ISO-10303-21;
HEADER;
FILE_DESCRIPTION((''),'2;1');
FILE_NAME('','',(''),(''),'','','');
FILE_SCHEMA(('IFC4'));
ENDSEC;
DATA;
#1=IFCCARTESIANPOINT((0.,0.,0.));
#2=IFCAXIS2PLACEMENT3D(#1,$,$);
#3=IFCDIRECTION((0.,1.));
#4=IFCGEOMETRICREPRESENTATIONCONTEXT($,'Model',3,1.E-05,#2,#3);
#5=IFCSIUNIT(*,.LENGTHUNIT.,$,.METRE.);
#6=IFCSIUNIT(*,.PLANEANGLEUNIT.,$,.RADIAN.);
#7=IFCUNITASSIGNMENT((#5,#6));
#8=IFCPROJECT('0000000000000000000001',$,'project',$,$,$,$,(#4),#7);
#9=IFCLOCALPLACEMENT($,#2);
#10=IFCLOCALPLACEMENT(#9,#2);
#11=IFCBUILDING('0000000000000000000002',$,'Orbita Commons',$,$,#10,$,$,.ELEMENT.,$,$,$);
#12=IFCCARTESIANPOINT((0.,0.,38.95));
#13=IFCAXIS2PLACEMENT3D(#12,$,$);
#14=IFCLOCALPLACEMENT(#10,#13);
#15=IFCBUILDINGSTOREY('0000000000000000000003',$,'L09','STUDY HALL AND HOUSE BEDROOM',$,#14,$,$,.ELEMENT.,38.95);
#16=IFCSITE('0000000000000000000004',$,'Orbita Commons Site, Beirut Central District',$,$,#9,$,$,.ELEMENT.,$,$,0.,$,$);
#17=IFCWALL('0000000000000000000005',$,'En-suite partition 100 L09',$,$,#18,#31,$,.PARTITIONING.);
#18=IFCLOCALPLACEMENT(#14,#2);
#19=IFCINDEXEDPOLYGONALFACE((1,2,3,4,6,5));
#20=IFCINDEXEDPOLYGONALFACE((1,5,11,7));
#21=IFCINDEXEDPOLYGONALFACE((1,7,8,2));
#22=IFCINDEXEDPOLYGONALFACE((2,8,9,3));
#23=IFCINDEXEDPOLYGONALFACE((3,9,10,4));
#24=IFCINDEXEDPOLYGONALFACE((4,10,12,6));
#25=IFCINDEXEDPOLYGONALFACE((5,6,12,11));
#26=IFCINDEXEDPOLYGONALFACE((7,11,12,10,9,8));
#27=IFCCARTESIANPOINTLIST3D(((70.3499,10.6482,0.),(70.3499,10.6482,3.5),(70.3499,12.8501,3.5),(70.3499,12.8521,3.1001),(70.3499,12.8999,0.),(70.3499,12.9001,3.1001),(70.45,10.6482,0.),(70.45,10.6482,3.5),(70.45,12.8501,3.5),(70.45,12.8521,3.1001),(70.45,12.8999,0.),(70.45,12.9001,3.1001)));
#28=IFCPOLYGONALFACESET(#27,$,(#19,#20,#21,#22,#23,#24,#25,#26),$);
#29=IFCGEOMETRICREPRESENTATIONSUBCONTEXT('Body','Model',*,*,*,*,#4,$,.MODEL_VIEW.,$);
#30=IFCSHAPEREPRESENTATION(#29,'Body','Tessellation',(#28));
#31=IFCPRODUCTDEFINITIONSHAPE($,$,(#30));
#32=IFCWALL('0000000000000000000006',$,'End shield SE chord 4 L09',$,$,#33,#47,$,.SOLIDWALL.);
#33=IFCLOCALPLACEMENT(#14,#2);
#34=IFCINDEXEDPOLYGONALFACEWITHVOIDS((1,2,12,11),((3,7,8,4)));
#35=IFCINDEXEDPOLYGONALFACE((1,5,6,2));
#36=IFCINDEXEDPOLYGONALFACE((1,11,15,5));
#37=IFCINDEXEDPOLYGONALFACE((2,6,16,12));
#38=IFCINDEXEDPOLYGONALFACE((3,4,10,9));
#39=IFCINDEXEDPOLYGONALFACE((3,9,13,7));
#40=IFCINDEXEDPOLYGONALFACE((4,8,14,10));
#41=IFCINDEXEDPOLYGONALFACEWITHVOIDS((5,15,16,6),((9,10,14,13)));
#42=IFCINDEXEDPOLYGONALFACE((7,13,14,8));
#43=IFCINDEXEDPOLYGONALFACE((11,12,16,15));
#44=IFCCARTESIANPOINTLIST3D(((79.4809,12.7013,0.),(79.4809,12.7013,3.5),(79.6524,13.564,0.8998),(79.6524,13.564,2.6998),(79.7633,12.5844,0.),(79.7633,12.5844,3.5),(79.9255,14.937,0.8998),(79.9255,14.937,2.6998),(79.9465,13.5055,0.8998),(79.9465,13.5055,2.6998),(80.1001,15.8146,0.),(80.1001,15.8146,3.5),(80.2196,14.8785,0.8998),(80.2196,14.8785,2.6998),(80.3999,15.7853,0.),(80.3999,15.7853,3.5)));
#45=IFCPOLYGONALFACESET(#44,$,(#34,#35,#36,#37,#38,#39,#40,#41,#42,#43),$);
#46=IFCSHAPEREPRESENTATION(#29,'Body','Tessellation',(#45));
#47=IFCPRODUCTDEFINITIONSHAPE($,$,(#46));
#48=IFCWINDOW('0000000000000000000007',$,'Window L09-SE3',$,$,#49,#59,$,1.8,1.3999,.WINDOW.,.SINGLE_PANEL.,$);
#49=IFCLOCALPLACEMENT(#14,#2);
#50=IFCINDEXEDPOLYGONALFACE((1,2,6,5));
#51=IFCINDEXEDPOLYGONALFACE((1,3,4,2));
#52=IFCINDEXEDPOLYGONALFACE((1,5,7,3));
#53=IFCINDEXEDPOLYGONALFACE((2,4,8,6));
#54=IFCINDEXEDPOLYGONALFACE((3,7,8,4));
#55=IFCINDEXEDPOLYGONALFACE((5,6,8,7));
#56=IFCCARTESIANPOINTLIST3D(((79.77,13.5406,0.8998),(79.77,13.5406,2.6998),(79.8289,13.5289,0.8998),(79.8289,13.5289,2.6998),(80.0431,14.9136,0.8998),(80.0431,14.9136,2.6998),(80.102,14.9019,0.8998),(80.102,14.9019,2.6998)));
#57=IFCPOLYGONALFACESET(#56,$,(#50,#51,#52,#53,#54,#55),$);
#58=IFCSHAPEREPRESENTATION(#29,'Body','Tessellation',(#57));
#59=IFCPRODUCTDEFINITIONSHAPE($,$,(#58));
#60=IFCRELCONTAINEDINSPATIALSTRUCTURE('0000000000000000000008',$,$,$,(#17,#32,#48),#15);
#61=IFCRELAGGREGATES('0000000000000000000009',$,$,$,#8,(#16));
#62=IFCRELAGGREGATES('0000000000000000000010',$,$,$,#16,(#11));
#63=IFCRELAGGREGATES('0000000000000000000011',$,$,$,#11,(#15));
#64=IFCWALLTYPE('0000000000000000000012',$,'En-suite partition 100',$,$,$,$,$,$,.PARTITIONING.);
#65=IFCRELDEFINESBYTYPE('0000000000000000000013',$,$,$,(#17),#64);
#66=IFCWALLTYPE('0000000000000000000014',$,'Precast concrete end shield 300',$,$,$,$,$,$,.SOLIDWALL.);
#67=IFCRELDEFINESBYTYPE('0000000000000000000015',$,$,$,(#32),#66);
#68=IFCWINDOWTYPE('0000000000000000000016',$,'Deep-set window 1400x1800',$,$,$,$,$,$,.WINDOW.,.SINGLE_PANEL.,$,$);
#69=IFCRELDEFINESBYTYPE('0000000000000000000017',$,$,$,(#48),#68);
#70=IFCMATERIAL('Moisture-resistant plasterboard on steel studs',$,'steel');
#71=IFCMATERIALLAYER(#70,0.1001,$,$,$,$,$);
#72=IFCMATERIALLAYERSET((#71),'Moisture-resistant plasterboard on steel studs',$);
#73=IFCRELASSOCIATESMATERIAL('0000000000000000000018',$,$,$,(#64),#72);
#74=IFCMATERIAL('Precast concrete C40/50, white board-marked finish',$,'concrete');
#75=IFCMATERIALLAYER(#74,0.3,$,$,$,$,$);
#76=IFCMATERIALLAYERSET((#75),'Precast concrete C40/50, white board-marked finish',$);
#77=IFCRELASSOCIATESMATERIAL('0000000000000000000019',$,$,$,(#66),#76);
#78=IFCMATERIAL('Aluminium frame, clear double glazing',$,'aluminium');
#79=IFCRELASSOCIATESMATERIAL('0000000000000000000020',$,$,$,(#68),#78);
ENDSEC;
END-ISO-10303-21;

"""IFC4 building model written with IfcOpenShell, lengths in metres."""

from ifc_helpers import new_model, si_unit, direction, frame, frame_2d, origin, place, context, subcontext, project, spatial, polyline, rectangle, outline, extrude, material, layer, layer_set, type_object, element, fill, save


model = new_model("IFC4")

# Units and contexts
model_context = context("Model", 3, precision=1e-05, world=origin(), true_north=direction((0.0, 1.0)))
body_context = subcontext(model_context, "Body", "Model", "MODEL_VIEW")
ifc_project = project(units=[si_unit("LENGTHUNIT", "METRE"), si_unit("PLANEANGLEUNIT", "RADIAN")], contexts=[model_context])

# Site, building, storey
site_placement = place(None, origin())
site = spatial("IfcSite", under=ifc_project, at=site_placement, Name="Orbita Commons Site, Beirut Central District", CompositionType="ELEMENT", RefElevation=0.0)
building_placement = place(site_placement, origin())
building = spatial("IfcBuilding", under=site, at=building_placement, Name="Orbita Commons", CompositionType="ELEMENT")
storey_placement = place(building_placement, frame((0.0, 0.0, 38.95)))
storey = spatial("IfcBuildingStorey", under=building, at=storey_placement, Name="L09", Description="STUDY HALL AND HOUSE BEDROOM", CompositionType="ELEMENT", Elevation=38.95)

# Shared definitions
ifc_material_1 = material(Name="Moisture-resistant plasterboard on steel studs", Category="steel")
ifc_layer_1 = layer(ifc_material_1, 0.1001)
ifc_layer_set_1 = layer_set([ifc_layer_1], Name="Moisture-resistant plasterboard on steel studs")
wall_type_1 = type_object("IfcWallType", Name="En-suite partition 100", PredefinedType="PARTITIONING", material=ifc_layer_set_1)

# Wall
wall_1_placement = place(storey_placement, frame((70.3999, 10.6482, 0.0), z_axis=(0.0, 0.0, 1.0), x_axis=(0.0, 1.0, 0.0)))
element("IfcWall", 1, at=wall_1_placement, inside=storey, type_object=wall_type_1, Name="En-suite partition 100 L09", PredefinedType="PARTITIONING", context=body_context, shape_type="SweptSolid", body=[
    extrude(outline(polyline([(0.0, 0.0), (2.2517, 0.0), (2.252, 3.1001), (2.2039, 3.1001), (2.2019, 3.5), (0.0, 3.5), (0.0, 0.0)])), frame((0.0, 0.05, 0.0), z_axis=(0.0, -1.0, 0.0), x_axis=(1.0, 0.0, 0.0)), (0.0, 0.0, 1.0), 0.1001),
])

# Wall, opening, window
ifc_material_2 = material(Name="Precast concrete C40/50, white board-marked finish", Category="concrete")
ifc_layer_2 = layer(ifc_material_2, 0.3)
ifc_layer_set_2 = layer_set([ifc_layer_2], Name="Precast concrete C40/50, white board-marked finish")
wall_type_2 = type_object("IfcWallType", Name="Precast concrete end shield 300", PredefinedType="SOLIDWALL", material=ifc_layer_set_2)
wall_2_placement = place(storey_placement, frame((79.6221, 12.6428, 0.0), z_axis=(0.0, 0.0, 1.0), x_axis=(0.195066, 0.98079, 0.0)))
wall_2 = element("IfcWall", 2, at=wall_2_placement, inside=storey, type_object=wall_type_2, Name="End shield SE chord 4 L09", PredefinedType="SOLIDWALL", context=body_context, shape_type="SweptSolid", body=[
    extrude(outline(polyline([(-0.0298, -0.1499), (3.2339, -0.1499), (3.2041, 0.1499), (0.0298, 0.1499), (-0.0298, -0.1499)])), origin(), (0.0, 0.0, 1.0), 3.5),
])
opening_1_placement = place(wall_2_placement, frame((0.9094, 0.0, 0.8999)))
opening_1 = element("IfcOpeningElement", 3, at=opening_1_placement, cuts=wall_2, PredefinedType="OPENING", context=body_context, shape_type="SweptSolid", body=[
    extrude(rectangle(XDim=1.3999, YDim=1.8, at=frame_2d((0.7, 0.8999))), frame((0.0, 0.1599, 0.0), z_axis=(0.0, -1.0, 0.0), x_axis=(1.0, 0.0, 0.0)), (0.0, 0.0, 1.0), 0.3201),
])
ifc_material_3 = material(Name="Aluminium frame, clear double glazing", Category="aluminium")
window_type = type_object("IfcWindowType", Name="Deep-set window 1400x1800", PartitioningType="SINGLE_PANEL", PredefinedType="WINDOW", material=ifc_material_3)
window_placement = place(opening_1_placement, origin())
window = element("IfcWindow", 4, at=window_placement, inside=storey, type_object=window_type, Name="Window L09-SE3", OverallHeight=1.8, OverallWidth=1.3999, PartitioningType="SINGLE_PANEL", PredefinedType="WINDOW", context=body_context, shape_type="SweptSolid", body=[
    extrude(rectangle(XDim=1.3999, YDim=1.8, at=frame_2d((0.7, 0.8999))), frame((0.0, 0.03, 0.0), z_axis=(0.0, -1.0, 0.0), x_axis=(1.0, 0.0, 0.0)), (0.0, 0.0, 1.0), 0.0601),
])
fill(opening_1, window)

save(model, "model.ifc")
